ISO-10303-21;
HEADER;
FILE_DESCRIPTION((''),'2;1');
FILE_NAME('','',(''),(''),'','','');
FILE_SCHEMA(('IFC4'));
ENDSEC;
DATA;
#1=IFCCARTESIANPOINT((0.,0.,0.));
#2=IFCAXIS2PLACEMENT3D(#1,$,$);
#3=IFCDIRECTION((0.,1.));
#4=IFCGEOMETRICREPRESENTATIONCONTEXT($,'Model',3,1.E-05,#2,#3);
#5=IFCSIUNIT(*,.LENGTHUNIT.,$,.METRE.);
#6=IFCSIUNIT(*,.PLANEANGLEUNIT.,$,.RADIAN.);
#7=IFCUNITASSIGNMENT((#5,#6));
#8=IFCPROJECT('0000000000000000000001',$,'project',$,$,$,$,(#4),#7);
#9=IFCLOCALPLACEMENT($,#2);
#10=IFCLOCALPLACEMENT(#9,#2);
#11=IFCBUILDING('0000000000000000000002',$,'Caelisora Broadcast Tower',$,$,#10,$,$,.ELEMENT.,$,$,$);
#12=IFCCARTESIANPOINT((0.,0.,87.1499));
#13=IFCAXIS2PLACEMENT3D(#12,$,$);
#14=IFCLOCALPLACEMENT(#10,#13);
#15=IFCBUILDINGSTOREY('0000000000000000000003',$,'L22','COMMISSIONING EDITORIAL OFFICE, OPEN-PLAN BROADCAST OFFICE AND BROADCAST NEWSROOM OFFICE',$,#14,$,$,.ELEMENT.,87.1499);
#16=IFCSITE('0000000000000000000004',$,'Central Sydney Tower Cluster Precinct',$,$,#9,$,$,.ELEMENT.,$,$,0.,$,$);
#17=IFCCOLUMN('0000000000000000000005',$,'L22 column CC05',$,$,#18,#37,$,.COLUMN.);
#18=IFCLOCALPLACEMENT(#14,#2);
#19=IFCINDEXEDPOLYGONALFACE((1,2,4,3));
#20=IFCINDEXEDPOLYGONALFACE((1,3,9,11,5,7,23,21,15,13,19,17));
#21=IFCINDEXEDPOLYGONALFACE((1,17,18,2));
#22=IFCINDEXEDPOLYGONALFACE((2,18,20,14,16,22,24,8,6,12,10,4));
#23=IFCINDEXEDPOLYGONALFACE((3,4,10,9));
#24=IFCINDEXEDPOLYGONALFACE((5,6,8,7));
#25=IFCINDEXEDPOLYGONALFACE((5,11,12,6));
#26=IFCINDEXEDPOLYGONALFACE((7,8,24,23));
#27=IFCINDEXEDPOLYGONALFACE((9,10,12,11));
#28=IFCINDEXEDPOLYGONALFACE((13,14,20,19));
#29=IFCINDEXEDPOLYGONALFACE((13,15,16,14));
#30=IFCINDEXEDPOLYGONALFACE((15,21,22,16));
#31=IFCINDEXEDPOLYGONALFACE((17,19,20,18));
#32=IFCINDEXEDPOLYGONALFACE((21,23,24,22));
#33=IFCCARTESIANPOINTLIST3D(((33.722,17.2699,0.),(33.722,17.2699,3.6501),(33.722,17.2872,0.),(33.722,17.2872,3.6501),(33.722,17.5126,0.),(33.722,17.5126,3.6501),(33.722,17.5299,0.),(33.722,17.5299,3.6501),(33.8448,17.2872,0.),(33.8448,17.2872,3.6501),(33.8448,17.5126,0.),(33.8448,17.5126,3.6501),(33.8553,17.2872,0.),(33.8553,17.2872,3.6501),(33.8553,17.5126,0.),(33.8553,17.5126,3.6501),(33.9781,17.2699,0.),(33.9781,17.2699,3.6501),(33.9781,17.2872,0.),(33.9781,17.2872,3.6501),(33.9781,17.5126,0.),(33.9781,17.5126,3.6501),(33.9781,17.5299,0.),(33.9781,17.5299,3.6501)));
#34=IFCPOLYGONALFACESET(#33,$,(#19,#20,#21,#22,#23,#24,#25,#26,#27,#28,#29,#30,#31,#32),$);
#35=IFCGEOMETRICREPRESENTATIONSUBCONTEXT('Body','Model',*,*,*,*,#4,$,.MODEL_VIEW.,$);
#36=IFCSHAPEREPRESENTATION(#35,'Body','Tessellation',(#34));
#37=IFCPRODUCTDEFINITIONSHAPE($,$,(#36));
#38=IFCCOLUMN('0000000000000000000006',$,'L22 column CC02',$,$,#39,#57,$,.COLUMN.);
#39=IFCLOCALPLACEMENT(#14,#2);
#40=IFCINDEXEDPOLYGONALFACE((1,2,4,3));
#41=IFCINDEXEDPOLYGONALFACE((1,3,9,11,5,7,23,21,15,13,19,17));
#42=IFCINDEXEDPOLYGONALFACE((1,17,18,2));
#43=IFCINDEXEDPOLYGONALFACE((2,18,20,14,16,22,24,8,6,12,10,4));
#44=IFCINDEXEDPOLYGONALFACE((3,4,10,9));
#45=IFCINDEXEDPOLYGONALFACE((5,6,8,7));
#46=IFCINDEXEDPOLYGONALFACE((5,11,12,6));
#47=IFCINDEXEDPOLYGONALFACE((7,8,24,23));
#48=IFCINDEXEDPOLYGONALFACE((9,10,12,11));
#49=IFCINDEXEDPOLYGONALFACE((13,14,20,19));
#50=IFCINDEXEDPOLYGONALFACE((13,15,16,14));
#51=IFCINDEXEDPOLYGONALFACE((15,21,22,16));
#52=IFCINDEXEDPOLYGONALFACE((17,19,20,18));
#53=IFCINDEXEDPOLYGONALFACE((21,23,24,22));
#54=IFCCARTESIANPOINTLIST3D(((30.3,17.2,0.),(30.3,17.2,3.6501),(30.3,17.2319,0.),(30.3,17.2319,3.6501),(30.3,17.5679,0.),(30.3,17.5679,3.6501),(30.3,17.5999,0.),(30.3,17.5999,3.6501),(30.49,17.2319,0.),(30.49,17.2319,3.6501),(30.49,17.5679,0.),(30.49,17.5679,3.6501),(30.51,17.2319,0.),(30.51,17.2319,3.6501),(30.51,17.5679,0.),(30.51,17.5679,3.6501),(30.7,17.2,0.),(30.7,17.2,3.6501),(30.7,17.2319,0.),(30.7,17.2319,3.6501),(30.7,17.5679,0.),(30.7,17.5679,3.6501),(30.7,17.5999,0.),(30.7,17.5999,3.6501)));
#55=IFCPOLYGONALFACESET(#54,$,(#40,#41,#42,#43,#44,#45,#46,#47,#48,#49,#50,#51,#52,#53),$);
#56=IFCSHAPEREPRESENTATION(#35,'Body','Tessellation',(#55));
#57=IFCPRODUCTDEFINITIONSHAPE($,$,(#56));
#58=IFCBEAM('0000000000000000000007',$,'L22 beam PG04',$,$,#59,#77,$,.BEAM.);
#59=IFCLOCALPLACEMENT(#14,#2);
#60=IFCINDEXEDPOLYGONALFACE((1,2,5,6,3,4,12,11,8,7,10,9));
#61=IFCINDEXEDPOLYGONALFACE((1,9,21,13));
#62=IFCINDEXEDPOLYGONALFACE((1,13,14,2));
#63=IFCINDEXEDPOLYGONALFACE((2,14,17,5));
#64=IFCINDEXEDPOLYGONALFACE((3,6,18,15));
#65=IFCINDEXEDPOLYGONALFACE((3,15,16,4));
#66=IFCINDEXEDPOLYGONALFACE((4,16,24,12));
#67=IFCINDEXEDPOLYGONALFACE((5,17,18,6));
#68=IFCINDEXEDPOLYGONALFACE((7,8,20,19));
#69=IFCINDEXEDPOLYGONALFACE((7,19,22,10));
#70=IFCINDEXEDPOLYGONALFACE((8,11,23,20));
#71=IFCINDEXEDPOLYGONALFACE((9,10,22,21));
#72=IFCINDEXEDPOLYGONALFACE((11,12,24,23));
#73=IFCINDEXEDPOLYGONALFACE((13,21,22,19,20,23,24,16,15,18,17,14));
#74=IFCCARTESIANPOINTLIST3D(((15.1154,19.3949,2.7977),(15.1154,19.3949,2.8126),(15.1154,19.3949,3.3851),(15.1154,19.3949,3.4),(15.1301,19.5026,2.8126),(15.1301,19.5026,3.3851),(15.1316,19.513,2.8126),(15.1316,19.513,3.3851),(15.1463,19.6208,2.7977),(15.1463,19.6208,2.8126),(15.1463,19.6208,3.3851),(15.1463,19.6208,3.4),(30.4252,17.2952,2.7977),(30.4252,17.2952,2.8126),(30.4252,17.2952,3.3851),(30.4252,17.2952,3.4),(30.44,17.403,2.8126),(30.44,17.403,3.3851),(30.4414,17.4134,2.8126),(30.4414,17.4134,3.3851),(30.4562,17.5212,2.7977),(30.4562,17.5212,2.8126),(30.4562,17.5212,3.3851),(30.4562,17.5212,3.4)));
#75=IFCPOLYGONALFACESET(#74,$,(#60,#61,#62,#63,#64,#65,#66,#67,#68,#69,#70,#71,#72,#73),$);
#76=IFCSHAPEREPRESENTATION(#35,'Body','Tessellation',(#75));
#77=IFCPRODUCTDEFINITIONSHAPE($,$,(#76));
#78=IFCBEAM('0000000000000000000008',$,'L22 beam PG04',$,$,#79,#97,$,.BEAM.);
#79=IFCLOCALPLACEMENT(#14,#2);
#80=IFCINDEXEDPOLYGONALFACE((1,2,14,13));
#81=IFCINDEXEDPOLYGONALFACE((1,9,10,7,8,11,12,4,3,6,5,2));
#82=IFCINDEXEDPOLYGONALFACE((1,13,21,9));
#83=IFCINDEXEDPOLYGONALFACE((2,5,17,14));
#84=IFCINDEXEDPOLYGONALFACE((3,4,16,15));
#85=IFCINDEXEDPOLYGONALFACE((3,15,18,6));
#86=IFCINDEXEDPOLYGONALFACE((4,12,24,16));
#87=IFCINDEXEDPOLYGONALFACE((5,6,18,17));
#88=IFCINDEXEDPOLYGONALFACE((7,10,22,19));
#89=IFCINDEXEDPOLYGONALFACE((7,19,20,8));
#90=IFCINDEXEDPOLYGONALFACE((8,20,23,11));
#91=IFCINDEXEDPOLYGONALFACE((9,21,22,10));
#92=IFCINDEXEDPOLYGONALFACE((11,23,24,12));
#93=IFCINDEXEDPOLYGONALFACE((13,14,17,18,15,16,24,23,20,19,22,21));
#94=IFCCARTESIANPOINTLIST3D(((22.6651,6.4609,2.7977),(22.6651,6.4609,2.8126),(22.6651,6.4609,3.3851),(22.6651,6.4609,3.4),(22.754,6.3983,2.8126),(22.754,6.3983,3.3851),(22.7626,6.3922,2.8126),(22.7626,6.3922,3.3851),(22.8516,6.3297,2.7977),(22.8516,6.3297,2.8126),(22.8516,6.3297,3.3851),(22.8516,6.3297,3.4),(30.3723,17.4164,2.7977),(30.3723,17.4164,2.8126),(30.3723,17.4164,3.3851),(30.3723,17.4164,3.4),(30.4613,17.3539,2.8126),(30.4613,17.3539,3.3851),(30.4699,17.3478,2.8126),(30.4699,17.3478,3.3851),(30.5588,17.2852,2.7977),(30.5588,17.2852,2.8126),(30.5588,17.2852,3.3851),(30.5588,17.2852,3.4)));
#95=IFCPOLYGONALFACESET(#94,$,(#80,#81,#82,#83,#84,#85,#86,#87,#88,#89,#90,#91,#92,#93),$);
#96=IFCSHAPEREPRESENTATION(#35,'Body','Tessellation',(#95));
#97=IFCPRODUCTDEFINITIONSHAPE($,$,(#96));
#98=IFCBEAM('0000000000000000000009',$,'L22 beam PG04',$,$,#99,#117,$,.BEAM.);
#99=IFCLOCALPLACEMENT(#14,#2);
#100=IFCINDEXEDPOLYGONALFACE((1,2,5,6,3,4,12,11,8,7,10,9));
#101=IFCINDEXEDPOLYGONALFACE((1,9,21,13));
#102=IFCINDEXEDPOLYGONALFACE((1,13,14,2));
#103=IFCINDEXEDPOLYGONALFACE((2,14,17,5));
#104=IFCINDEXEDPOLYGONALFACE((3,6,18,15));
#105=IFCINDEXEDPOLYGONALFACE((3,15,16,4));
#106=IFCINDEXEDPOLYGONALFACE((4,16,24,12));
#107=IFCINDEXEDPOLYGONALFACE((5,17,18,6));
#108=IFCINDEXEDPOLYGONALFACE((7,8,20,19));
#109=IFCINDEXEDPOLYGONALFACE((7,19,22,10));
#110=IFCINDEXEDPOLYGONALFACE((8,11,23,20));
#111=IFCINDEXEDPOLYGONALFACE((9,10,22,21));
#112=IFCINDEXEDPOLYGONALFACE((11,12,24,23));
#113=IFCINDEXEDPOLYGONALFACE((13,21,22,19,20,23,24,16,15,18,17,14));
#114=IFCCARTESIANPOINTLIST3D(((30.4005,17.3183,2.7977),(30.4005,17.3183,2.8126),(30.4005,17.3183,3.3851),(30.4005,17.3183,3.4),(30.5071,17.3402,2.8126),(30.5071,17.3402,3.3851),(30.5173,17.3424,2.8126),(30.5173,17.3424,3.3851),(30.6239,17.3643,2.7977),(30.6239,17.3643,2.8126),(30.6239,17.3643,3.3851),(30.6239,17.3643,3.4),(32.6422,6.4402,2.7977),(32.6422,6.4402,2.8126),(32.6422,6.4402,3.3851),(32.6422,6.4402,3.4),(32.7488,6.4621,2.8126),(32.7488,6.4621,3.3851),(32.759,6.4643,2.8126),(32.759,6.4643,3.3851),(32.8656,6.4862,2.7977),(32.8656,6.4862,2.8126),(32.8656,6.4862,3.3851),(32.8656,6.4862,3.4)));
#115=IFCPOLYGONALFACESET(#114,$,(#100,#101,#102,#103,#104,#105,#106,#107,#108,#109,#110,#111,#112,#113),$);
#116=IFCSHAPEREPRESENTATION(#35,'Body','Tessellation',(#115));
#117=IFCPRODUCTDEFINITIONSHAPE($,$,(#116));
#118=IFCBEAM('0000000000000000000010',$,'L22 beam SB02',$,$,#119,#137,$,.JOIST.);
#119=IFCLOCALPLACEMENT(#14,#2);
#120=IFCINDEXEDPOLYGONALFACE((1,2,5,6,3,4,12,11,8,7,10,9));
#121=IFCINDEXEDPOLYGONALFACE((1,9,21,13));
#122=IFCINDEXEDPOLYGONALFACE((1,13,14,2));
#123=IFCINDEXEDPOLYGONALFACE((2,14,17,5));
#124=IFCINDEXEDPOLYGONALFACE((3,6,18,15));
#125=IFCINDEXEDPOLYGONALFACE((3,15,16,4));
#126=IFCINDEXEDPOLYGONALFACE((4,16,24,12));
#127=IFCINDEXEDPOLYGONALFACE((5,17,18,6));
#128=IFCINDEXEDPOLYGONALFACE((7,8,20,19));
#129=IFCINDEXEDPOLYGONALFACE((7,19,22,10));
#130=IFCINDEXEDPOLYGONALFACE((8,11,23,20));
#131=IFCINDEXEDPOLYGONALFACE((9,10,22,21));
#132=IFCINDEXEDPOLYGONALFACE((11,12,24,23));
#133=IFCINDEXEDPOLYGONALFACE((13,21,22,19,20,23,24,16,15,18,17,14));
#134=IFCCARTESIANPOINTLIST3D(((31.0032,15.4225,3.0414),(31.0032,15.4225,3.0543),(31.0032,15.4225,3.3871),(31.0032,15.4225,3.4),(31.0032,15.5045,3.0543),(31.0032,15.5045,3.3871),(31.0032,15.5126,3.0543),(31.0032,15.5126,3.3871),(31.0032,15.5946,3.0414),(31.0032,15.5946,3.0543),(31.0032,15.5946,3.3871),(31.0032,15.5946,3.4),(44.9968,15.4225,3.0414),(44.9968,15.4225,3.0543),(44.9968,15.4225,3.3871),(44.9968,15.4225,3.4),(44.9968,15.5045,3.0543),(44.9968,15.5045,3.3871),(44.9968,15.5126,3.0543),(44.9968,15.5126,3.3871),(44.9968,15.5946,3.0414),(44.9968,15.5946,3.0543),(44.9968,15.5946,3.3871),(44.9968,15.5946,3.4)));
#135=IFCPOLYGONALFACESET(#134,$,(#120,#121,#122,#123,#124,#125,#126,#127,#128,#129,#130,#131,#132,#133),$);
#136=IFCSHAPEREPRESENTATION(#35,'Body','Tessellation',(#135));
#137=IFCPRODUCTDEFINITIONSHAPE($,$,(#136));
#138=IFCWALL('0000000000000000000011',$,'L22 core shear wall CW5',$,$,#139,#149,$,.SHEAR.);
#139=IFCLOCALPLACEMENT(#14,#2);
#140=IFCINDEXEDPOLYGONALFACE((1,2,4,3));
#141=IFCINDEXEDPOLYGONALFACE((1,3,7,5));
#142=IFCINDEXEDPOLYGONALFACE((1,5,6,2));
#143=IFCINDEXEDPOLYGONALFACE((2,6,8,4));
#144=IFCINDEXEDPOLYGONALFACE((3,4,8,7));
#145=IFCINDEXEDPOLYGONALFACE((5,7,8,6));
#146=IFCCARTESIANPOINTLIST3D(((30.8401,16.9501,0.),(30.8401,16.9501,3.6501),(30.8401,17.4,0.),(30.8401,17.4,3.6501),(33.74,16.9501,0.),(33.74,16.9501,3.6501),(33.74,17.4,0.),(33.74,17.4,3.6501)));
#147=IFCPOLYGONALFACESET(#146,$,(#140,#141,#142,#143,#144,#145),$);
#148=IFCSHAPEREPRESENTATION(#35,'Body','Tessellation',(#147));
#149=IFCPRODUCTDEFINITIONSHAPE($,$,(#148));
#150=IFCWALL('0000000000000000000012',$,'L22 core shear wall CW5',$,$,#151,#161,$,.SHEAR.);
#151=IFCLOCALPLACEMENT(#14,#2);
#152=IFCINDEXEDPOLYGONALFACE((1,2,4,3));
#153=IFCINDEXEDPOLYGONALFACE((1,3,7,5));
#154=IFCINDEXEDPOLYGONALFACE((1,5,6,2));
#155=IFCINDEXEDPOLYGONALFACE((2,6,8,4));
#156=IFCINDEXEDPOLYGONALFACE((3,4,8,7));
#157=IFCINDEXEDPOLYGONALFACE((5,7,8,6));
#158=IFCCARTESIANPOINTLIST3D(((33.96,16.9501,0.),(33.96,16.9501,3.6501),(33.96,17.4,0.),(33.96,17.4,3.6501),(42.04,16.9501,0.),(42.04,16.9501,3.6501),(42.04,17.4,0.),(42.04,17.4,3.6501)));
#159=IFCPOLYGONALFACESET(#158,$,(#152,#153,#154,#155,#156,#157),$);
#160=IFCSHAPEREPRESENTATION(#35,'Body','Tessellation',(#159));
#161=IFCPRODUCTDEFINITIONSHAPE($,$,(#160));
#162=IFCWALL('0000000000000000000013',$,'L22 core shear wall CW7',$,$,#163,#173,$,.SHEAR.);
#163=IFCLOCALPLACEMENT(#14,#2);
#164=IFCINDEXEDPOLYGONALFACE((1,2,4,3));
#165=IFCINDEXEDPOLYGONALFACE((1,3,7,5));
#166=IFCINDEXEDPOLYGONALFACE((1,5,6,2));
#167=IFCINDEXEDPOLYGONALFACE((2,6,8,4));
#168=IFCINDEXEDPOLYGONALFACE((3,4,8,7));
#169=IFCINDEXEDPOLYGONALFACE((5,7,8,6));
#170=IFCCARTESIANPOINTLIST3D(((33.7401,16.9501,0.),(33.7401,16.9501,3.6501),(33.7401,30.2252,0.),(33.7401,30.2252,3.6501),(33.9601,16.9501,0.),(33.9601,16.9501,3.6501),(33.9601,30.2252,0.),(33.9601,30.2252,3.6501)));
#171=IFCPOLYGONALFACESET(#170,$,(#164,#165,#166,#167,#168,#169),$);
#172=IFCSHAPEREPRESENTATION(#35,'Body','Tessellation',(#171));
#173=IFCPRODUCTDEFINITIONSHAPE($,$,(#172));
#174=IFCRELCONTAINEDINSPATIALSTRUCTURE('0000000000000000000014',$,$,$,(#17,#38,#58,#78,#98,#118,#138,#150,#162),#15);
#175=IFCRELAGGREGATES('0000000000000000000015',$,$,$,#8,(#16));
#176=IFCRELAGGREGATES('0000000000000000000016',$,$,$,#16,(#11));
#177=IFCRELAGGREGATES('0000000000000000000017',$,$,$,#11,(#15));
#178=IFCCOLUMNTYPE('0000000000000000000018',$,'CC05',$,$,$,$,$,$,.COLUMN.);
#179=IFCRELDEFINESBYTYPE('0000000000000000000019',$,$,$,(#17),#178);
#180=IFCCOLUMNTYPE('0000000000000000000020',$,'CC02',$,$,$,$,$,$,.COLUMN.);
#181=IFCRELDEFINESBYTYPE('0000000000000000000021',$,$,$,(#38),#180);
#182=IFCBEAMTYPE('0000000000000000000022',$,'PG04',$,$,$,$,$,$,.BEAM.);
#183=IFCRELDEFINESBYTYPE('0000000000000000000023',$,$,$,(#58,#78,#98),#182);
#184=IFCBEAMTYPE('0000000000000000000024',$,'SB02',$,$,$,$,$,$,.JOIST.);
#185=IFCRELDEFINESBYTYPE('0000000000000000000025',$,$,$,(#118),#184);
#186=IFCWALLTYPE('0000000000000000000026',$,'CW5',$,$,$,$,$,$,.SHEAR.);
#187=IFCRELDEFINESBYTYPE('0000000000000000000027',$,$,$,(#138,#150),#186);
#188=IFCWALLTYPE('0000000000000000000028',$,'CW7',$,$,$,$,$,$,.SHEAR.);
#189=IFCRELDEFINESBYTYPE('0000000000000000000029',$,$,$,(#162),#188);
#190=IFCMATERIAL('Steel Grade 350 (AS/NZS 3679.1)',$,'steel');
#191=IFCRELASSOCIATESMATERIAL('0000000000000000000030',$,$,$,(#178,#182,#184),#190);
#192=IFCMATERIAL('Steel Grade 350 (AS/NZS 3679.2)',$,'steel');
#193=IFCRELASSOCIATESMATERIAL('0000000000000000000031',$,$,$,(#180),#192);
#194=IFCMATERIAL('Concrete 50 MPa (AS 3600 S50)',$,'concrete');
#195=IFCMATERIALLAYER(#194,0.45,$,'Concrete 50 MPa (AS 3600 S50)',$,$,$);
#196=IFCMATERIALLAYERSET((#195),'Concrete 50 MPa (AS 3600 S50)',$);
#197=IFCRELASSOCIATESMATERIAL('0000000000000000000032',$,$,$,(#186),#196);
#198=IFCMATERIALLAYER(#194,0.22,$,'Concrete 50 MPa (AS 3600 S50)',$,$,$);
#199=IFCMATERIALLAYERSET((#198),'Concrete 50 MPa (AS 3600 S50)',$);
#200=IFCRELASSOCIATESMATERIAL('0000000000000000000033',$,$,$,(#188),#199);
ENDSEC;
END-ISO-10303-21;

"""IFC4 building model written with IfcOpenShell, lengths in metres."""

from ifc_helpers import new_model, si_unit, direction, frame, frame_2d, origin, origin_2d, place, context, subcontext, project, spatial, rectangle, i_section, extrude, source, transform, mapped, material, layer, layer_set, material_profile, profile_set, type_object, type_shapes, element, save


model = new_model("IFC4")

# Units and contexts
model_context = context("Model", 3, precision=1e-05, world=origin(), true_north=direction((0.0, 1.0)))
body_context = subcontext(model_context, "Body", "Model", "MODEL_VIEW")
ifc_project = project(units=[si_unit("LENGTHUNIT", "METRE"), si_unit("PLANEANGLEUNIT", "RADIAN")], contexts=[model_context])

# Site, building, storey
site_placement = place(None, origin())
site = spatial("IfcSite", under=ifc_project, at=site_placement, Name="Central Sydney Tower Cluster Precinct", CompositionType="ELEMENT", RefElevation=0.0)
building_placement = place(site_placement, origin())
building = spatial("IfcBuilding", under=site, at=building_placement, Name="Caelisora Broadcast Tower", CompositionType="ELEMENT")
storey_placement = place(building_placement, frame((0.0, 0.0, 87.1499)))
storey = spatial("IfcBuildingStorey", under=building, at=storey_placement, Name="L22", Description="COMMISSIONING EDITORIAL OFFICE, OPEN-PLAN BROADCAST OFFICE AND BROADCAST NEWSROOM OFFICE", CompositionType="ELEMENT", Elevation=87.1499)

# Columns
ifc_material_1 = material(Name="Steel Grade 350 (AS/NZS 3679.1)", Category="steel")
ifc_material_profile_1 = material_profile(ifc_material_1, i_section(OverallWidth=0.2561, OverallDepth=0.26, WebThickness=0.0105, FlangeThickness=0.0173, at=origin_2d()), Name="Steel Grade 350 (AS/NZS 3679.1)")
ifc_profile_set_1 = profile_set([ifc_material_profile_1], Name="Steel Grade 350 (AS/NZS 3679.1)")
column_type_1 = type_object("IfcColumnType", Name="CC05", PredefinedType="COLUMN", material=ifc_profile_set_1)
shared_shape_1 = source(origin(), body_context, "Body", "SweptSolid", [
    extrude(i_section(OverallWidth=0.2561, OverallDepth=0.26, WebThickness=0.0105, FlangeThickness=0.0173, at=origin_2d()), origin(), (0.0, 0.0, 1.0), 3.6501),
])
type_shapes(column_type_1, [shared_shape_1])
column_1_placement = place(storey_placement, frame((33.8501, 17.3999, 0.0), z_axis=(0.0, 0.0, 1.0), x_axis=(1.0, 0.0, 0.0)))
element("IfcColumn", 1, at=column_1_placement, inside=storey, type_object=column_type_1, Name="L22 column CC05", PredefinedType="COLUMN", context=body_context, shape_type="MappedRepresentation", body=[
    mapped(shared_shape_1, transform((0.0, 0.0, 0.0), scale=1.0)),
])
ifc_material_2 = material(Name="Steel Grade 350 (AS/NZS 3679.2)", Category="steel")
ifc_material_profile_2 = material_profile(ifc_material_2, i_section(OverallWidth=0.3999, OverallDepth=0.3999, WebThickness=0.02, FlangeThickness=0.032, at=origin_2d()), Name="Steel Grade 350 (AS/NZS 3679.2)")
ifc_profile_set_2 = profile_set([ifc_material_profile_2], Name="Steel Grade 350 (AS/NZS 3679.2)")
column_type_2 = type_object("IfcColumnType", Name="CC02", PredefinedType="COLUMN", material=ifc_profile_set_2)
shared_shape_2 = source(origin(), body_context, "Body", "SweptSolid", [
    extrude(i_section(OverallWidth=0.3999, OverallDepth=0.3999, WebThickness=0.02, FlangeThickness=0.032, at=origin_2d()), origin(), (0.0, 0.0, 1.0), 3.6501),
])
type_shapes(column_type_2, [shared_shape_2])
column_2_placement = place(storey_placement, frame((30.5, 17.3999, 0.0), z_axis=(0.0, 0.0, 1.0), x_axis=(1.0, 0.0, 0.0)))
element("IfcColumn", 2, at=column_2_placement, inside=storey, type_object=column_type_2, Name="L22 column CC02", PredefinedType="COLUMN", context=body_context, shape_type="MappedRepresentation", body=[
    mapped(shared_shape_2, transform((0.0, 0.0, 0.0), scale=1.0)),
])

# Beams
ifc_material_profile_3 = material_profile(ifc_material_1, i_section(OverallWidth=0.228, OverallDepth=0.6023, WebThickness=0.0105, FlangeThickness=0.0149, at=origin_2d()), Name="Steel Grade 350 (AS/NZS 3679.1)")
ifc_profile_set_3 = profile_set([ifc_material_profile_3], Name="Steel Grade 350 (AS/NZS 3679.1)")
beam_type_1 = type_object("IfcBeamType", Name="PG04", PredefinedType="BEAM", material=ifc_profile_set_3)
shared_shape_3 = source(origin(), body_context, "Body", "SweptSolid", [
    extrude(i_section(OverallWidth=0.228, OverallDepth=0.6023, WebThickness=0.0105, FlangeThickness=0.0149, at=origin_2d()), origin(), (0.0, 0.0, 1.0), 15.4531),
])
beam_1_placement = place(storey_placement, frame((30.4407, 17.4082, 3.0989), z_axis=(-0.990727, 0.13587, 0.0), x_axis=(-0.13587, -0.990727, 0.0)))
element("IfcBeam", 3, at=beam_1_placement, inside=storey, type_object=beam_type_1, Name="L22 beam PG04", PredefinedType="BEAM", context=body_context, shape_type="MappedRepresentation", body=[
    mapped(shared_shape_3, transform((0.0, 0.0, 0.0), scale=1.0)),
])
shared_shape_4 = source(origin(), body_context, "Body", "SweptSolid", [
    extrude(i_section(OverallWidth=0.228, OverallDepth=0.6023, WebThickness=0.0105, FlangeThickness=0.0149, at=origin_2d()), origin(), (0.0, 0.0, 1.0), 13.395),
])
beam_2_placement = place(storey_placement, frame((30.4656, 17.3508, 3.0989), z_axis=(-0.575384, -0.817884, 0.0), x_axis=(0.817884, -0.575384, 0.0)))
element("IfcBeam", 4, at=beam_2_placement, inside=storey, type_object=beam_type_1, Name="L22 beam PG04", PredefinedType="BEAM", context=body_context, shape_type="MappedRepresentation", body=[
    mapped(shared_shape_4, transform((0.0, 0.0, 0.0), scale=1.0)),
])
shared_shape_5 = source(origin(), body_context, "Body", "SweptSolid", [
    extrude(i_section(OverallWidth=0.228, OverallDepth=0.6023, WebThickness=0.0105, FlangeThickness=0.0149, at=origin_2d()), origin(), (0.0, 0.0, 1.0), 11.1067),
])
type_shapes(beam_type_1, [shared_shape_3, shared_shape_4, shared_shape_5])
beam_3_placement = place(storey_placement, frame((30.5122, 17.3413, 3.0989), z_axis=(0.201832, -0.97942, 0.0), x_axis=(0.97942, 0.201832, 0.0)))
element("IfcBeam", 5, at=beam_3_placement, inside=storey, type_object=beam_type_1, Name="L22 beam PG04", PredefinedType="BEAM", context=body_context, shape_type="MappedRepresentation", body=[
    mapped(shared_shape_5, transform((0.0, 0.0, 0.0), scale=1.0)),
])
ifc_material_profile_4 = material_profile(ifc_material_1, i_section(OverallWidth=0.1721, OverallDepth=0.3586, WebThickness=0.0081, FlangeThickness=0.0129, at=origin_2d()), Name="Steel Grade 350 (AS/NZS 3679.1)")
ifc_profile_set_4 = profile_set([ifc_material_profile_4], Name="Steel Grade 350 (AS/NZS 3679.1)")
beam_type_2 = type_object("IfcBeamType", Name="SB02", PredefinedType="JOIST", material=ifc_profile_set_4)
shared_shape_6 = source(origin(), body_context, "Body", "SweptSolid", [
    extrude(i_section(OverallWidth=0.1721, OverallDepth=0.3586, WebThickness=0.0081, FlangeThickness=0.0129, at=origin_2d()), origin(), (0.0, 0.0, 1.0), 13.9937),
])
type_shapes(beam_type_2, [shared_shape_6])
beam_4_placement = place(storey_placement, frame((31.0032, 15.5085, 3.2207), z_axis=(1.0, 0.0, 0.0), x_axis=(0.0, 1.0, 0.0)))
element("IfcBeam", 6, at=beam_4_placement, inside=storey, type_object=beam_type_2, Name="L22 beam SB02", PredefinedType="JOIST", context=body_context, shape_type="MappedRepresentation", body=[
    mapped(shared_shape_6, transform((0.0, 0.0, 0.0), scale=1.0)),
])

# Shared definitions
ifc_material_3 = material(Name="Concrete 50 MPa (AS 3600 S50)", Category="concrete")

# Walls
ifc_layer_1 = layer(ifc_material_3, 0.45, Name="Concrete 50 MPa (AS 3600 S50)")
ifc_layer_set_1 = layer_set([ifc_layer_1], Name="Concrete 50 MPa (AS 3600 S50)")
wall_type_1 = type_object("IfcWallType", Name="CW5", PredefinedType="SHEAR", material=ifc_layer_set_1)
wall_1_placement = place(storey_placement, frame((30.8401, 17.175, 0.0), z_axis=(0.0, 0.0, 1.0), x_axis=(1.0, 0.0, 0.0)))
element("IfcWall", 7, at=wall_1_placement, inside=storey, type_object=wall_type_1, Name="L22 core shear wall CW5", PredefinedType="SHEAR", context=body_context, shape_type="SweptSolid", body=[
    extrude(rectangle(XDim=2.8999, YDim=0.45, at=frame_2d((1.45, 0.0))), origin(), (0.0, 0.0, 1.0), 3.6501),
])
wall_2_placement = place(storey_placement, frame((33.96, 17.175, 0.0), z_axis=(0.0, 0.0, 1.0), x_axis=(1.0, 0.0, 0.0)))
element("IfcWall", 8, at=wall_2_placement, inside=storey, type_object=wall_type_1, Name="L22 core shear wall CW5", PredefinedType="SHEAR", context=body_context, shape_type="SweptSolid", body=[
    extrude(rectangle(XDim=8.0801, YDim=0.45, at=frame_2d((4.04, 0.0))), origin(), (0.0, 0.0, 1.0), 3.6501),
])
ifc_layer_2 = layer(ifc_material_3, 0.22, Name="Concrete 50 MPa (AS 3600 S50)")
ifc_layer_set_2 = layer_set([ifc_layer_2], Name="Concrete 50 MPa (AS 3600 S50)")
wall_type_2 = type_object("IfcWallType", Name="CW7", PredefinedType="SHEAR", material=ifc_layer_set_2)
wall_3_placement = place(storey_placement, frame((33.8501, 16.95, 0.0), z_axis=(0.0, 0.0, 1.0), x_axis=(0.0, 1.0, 0.0)))
element("IfcWall", 9, at=wall_3_placement, inside=storey, type_object=wall_type_2, Name="L22 core shear wall CW7", PredefinedType="SHEAR", context=body_context, shape_type="SweptSolid", body=[
    extrude(rectangle(XDim=13.2751, YDim=0.22, at=frame_2d((6.6377, 0.0))), origin(), (0.0, 0.0, 1.0), 3.6501),
])

save(model, "model.ifc")
